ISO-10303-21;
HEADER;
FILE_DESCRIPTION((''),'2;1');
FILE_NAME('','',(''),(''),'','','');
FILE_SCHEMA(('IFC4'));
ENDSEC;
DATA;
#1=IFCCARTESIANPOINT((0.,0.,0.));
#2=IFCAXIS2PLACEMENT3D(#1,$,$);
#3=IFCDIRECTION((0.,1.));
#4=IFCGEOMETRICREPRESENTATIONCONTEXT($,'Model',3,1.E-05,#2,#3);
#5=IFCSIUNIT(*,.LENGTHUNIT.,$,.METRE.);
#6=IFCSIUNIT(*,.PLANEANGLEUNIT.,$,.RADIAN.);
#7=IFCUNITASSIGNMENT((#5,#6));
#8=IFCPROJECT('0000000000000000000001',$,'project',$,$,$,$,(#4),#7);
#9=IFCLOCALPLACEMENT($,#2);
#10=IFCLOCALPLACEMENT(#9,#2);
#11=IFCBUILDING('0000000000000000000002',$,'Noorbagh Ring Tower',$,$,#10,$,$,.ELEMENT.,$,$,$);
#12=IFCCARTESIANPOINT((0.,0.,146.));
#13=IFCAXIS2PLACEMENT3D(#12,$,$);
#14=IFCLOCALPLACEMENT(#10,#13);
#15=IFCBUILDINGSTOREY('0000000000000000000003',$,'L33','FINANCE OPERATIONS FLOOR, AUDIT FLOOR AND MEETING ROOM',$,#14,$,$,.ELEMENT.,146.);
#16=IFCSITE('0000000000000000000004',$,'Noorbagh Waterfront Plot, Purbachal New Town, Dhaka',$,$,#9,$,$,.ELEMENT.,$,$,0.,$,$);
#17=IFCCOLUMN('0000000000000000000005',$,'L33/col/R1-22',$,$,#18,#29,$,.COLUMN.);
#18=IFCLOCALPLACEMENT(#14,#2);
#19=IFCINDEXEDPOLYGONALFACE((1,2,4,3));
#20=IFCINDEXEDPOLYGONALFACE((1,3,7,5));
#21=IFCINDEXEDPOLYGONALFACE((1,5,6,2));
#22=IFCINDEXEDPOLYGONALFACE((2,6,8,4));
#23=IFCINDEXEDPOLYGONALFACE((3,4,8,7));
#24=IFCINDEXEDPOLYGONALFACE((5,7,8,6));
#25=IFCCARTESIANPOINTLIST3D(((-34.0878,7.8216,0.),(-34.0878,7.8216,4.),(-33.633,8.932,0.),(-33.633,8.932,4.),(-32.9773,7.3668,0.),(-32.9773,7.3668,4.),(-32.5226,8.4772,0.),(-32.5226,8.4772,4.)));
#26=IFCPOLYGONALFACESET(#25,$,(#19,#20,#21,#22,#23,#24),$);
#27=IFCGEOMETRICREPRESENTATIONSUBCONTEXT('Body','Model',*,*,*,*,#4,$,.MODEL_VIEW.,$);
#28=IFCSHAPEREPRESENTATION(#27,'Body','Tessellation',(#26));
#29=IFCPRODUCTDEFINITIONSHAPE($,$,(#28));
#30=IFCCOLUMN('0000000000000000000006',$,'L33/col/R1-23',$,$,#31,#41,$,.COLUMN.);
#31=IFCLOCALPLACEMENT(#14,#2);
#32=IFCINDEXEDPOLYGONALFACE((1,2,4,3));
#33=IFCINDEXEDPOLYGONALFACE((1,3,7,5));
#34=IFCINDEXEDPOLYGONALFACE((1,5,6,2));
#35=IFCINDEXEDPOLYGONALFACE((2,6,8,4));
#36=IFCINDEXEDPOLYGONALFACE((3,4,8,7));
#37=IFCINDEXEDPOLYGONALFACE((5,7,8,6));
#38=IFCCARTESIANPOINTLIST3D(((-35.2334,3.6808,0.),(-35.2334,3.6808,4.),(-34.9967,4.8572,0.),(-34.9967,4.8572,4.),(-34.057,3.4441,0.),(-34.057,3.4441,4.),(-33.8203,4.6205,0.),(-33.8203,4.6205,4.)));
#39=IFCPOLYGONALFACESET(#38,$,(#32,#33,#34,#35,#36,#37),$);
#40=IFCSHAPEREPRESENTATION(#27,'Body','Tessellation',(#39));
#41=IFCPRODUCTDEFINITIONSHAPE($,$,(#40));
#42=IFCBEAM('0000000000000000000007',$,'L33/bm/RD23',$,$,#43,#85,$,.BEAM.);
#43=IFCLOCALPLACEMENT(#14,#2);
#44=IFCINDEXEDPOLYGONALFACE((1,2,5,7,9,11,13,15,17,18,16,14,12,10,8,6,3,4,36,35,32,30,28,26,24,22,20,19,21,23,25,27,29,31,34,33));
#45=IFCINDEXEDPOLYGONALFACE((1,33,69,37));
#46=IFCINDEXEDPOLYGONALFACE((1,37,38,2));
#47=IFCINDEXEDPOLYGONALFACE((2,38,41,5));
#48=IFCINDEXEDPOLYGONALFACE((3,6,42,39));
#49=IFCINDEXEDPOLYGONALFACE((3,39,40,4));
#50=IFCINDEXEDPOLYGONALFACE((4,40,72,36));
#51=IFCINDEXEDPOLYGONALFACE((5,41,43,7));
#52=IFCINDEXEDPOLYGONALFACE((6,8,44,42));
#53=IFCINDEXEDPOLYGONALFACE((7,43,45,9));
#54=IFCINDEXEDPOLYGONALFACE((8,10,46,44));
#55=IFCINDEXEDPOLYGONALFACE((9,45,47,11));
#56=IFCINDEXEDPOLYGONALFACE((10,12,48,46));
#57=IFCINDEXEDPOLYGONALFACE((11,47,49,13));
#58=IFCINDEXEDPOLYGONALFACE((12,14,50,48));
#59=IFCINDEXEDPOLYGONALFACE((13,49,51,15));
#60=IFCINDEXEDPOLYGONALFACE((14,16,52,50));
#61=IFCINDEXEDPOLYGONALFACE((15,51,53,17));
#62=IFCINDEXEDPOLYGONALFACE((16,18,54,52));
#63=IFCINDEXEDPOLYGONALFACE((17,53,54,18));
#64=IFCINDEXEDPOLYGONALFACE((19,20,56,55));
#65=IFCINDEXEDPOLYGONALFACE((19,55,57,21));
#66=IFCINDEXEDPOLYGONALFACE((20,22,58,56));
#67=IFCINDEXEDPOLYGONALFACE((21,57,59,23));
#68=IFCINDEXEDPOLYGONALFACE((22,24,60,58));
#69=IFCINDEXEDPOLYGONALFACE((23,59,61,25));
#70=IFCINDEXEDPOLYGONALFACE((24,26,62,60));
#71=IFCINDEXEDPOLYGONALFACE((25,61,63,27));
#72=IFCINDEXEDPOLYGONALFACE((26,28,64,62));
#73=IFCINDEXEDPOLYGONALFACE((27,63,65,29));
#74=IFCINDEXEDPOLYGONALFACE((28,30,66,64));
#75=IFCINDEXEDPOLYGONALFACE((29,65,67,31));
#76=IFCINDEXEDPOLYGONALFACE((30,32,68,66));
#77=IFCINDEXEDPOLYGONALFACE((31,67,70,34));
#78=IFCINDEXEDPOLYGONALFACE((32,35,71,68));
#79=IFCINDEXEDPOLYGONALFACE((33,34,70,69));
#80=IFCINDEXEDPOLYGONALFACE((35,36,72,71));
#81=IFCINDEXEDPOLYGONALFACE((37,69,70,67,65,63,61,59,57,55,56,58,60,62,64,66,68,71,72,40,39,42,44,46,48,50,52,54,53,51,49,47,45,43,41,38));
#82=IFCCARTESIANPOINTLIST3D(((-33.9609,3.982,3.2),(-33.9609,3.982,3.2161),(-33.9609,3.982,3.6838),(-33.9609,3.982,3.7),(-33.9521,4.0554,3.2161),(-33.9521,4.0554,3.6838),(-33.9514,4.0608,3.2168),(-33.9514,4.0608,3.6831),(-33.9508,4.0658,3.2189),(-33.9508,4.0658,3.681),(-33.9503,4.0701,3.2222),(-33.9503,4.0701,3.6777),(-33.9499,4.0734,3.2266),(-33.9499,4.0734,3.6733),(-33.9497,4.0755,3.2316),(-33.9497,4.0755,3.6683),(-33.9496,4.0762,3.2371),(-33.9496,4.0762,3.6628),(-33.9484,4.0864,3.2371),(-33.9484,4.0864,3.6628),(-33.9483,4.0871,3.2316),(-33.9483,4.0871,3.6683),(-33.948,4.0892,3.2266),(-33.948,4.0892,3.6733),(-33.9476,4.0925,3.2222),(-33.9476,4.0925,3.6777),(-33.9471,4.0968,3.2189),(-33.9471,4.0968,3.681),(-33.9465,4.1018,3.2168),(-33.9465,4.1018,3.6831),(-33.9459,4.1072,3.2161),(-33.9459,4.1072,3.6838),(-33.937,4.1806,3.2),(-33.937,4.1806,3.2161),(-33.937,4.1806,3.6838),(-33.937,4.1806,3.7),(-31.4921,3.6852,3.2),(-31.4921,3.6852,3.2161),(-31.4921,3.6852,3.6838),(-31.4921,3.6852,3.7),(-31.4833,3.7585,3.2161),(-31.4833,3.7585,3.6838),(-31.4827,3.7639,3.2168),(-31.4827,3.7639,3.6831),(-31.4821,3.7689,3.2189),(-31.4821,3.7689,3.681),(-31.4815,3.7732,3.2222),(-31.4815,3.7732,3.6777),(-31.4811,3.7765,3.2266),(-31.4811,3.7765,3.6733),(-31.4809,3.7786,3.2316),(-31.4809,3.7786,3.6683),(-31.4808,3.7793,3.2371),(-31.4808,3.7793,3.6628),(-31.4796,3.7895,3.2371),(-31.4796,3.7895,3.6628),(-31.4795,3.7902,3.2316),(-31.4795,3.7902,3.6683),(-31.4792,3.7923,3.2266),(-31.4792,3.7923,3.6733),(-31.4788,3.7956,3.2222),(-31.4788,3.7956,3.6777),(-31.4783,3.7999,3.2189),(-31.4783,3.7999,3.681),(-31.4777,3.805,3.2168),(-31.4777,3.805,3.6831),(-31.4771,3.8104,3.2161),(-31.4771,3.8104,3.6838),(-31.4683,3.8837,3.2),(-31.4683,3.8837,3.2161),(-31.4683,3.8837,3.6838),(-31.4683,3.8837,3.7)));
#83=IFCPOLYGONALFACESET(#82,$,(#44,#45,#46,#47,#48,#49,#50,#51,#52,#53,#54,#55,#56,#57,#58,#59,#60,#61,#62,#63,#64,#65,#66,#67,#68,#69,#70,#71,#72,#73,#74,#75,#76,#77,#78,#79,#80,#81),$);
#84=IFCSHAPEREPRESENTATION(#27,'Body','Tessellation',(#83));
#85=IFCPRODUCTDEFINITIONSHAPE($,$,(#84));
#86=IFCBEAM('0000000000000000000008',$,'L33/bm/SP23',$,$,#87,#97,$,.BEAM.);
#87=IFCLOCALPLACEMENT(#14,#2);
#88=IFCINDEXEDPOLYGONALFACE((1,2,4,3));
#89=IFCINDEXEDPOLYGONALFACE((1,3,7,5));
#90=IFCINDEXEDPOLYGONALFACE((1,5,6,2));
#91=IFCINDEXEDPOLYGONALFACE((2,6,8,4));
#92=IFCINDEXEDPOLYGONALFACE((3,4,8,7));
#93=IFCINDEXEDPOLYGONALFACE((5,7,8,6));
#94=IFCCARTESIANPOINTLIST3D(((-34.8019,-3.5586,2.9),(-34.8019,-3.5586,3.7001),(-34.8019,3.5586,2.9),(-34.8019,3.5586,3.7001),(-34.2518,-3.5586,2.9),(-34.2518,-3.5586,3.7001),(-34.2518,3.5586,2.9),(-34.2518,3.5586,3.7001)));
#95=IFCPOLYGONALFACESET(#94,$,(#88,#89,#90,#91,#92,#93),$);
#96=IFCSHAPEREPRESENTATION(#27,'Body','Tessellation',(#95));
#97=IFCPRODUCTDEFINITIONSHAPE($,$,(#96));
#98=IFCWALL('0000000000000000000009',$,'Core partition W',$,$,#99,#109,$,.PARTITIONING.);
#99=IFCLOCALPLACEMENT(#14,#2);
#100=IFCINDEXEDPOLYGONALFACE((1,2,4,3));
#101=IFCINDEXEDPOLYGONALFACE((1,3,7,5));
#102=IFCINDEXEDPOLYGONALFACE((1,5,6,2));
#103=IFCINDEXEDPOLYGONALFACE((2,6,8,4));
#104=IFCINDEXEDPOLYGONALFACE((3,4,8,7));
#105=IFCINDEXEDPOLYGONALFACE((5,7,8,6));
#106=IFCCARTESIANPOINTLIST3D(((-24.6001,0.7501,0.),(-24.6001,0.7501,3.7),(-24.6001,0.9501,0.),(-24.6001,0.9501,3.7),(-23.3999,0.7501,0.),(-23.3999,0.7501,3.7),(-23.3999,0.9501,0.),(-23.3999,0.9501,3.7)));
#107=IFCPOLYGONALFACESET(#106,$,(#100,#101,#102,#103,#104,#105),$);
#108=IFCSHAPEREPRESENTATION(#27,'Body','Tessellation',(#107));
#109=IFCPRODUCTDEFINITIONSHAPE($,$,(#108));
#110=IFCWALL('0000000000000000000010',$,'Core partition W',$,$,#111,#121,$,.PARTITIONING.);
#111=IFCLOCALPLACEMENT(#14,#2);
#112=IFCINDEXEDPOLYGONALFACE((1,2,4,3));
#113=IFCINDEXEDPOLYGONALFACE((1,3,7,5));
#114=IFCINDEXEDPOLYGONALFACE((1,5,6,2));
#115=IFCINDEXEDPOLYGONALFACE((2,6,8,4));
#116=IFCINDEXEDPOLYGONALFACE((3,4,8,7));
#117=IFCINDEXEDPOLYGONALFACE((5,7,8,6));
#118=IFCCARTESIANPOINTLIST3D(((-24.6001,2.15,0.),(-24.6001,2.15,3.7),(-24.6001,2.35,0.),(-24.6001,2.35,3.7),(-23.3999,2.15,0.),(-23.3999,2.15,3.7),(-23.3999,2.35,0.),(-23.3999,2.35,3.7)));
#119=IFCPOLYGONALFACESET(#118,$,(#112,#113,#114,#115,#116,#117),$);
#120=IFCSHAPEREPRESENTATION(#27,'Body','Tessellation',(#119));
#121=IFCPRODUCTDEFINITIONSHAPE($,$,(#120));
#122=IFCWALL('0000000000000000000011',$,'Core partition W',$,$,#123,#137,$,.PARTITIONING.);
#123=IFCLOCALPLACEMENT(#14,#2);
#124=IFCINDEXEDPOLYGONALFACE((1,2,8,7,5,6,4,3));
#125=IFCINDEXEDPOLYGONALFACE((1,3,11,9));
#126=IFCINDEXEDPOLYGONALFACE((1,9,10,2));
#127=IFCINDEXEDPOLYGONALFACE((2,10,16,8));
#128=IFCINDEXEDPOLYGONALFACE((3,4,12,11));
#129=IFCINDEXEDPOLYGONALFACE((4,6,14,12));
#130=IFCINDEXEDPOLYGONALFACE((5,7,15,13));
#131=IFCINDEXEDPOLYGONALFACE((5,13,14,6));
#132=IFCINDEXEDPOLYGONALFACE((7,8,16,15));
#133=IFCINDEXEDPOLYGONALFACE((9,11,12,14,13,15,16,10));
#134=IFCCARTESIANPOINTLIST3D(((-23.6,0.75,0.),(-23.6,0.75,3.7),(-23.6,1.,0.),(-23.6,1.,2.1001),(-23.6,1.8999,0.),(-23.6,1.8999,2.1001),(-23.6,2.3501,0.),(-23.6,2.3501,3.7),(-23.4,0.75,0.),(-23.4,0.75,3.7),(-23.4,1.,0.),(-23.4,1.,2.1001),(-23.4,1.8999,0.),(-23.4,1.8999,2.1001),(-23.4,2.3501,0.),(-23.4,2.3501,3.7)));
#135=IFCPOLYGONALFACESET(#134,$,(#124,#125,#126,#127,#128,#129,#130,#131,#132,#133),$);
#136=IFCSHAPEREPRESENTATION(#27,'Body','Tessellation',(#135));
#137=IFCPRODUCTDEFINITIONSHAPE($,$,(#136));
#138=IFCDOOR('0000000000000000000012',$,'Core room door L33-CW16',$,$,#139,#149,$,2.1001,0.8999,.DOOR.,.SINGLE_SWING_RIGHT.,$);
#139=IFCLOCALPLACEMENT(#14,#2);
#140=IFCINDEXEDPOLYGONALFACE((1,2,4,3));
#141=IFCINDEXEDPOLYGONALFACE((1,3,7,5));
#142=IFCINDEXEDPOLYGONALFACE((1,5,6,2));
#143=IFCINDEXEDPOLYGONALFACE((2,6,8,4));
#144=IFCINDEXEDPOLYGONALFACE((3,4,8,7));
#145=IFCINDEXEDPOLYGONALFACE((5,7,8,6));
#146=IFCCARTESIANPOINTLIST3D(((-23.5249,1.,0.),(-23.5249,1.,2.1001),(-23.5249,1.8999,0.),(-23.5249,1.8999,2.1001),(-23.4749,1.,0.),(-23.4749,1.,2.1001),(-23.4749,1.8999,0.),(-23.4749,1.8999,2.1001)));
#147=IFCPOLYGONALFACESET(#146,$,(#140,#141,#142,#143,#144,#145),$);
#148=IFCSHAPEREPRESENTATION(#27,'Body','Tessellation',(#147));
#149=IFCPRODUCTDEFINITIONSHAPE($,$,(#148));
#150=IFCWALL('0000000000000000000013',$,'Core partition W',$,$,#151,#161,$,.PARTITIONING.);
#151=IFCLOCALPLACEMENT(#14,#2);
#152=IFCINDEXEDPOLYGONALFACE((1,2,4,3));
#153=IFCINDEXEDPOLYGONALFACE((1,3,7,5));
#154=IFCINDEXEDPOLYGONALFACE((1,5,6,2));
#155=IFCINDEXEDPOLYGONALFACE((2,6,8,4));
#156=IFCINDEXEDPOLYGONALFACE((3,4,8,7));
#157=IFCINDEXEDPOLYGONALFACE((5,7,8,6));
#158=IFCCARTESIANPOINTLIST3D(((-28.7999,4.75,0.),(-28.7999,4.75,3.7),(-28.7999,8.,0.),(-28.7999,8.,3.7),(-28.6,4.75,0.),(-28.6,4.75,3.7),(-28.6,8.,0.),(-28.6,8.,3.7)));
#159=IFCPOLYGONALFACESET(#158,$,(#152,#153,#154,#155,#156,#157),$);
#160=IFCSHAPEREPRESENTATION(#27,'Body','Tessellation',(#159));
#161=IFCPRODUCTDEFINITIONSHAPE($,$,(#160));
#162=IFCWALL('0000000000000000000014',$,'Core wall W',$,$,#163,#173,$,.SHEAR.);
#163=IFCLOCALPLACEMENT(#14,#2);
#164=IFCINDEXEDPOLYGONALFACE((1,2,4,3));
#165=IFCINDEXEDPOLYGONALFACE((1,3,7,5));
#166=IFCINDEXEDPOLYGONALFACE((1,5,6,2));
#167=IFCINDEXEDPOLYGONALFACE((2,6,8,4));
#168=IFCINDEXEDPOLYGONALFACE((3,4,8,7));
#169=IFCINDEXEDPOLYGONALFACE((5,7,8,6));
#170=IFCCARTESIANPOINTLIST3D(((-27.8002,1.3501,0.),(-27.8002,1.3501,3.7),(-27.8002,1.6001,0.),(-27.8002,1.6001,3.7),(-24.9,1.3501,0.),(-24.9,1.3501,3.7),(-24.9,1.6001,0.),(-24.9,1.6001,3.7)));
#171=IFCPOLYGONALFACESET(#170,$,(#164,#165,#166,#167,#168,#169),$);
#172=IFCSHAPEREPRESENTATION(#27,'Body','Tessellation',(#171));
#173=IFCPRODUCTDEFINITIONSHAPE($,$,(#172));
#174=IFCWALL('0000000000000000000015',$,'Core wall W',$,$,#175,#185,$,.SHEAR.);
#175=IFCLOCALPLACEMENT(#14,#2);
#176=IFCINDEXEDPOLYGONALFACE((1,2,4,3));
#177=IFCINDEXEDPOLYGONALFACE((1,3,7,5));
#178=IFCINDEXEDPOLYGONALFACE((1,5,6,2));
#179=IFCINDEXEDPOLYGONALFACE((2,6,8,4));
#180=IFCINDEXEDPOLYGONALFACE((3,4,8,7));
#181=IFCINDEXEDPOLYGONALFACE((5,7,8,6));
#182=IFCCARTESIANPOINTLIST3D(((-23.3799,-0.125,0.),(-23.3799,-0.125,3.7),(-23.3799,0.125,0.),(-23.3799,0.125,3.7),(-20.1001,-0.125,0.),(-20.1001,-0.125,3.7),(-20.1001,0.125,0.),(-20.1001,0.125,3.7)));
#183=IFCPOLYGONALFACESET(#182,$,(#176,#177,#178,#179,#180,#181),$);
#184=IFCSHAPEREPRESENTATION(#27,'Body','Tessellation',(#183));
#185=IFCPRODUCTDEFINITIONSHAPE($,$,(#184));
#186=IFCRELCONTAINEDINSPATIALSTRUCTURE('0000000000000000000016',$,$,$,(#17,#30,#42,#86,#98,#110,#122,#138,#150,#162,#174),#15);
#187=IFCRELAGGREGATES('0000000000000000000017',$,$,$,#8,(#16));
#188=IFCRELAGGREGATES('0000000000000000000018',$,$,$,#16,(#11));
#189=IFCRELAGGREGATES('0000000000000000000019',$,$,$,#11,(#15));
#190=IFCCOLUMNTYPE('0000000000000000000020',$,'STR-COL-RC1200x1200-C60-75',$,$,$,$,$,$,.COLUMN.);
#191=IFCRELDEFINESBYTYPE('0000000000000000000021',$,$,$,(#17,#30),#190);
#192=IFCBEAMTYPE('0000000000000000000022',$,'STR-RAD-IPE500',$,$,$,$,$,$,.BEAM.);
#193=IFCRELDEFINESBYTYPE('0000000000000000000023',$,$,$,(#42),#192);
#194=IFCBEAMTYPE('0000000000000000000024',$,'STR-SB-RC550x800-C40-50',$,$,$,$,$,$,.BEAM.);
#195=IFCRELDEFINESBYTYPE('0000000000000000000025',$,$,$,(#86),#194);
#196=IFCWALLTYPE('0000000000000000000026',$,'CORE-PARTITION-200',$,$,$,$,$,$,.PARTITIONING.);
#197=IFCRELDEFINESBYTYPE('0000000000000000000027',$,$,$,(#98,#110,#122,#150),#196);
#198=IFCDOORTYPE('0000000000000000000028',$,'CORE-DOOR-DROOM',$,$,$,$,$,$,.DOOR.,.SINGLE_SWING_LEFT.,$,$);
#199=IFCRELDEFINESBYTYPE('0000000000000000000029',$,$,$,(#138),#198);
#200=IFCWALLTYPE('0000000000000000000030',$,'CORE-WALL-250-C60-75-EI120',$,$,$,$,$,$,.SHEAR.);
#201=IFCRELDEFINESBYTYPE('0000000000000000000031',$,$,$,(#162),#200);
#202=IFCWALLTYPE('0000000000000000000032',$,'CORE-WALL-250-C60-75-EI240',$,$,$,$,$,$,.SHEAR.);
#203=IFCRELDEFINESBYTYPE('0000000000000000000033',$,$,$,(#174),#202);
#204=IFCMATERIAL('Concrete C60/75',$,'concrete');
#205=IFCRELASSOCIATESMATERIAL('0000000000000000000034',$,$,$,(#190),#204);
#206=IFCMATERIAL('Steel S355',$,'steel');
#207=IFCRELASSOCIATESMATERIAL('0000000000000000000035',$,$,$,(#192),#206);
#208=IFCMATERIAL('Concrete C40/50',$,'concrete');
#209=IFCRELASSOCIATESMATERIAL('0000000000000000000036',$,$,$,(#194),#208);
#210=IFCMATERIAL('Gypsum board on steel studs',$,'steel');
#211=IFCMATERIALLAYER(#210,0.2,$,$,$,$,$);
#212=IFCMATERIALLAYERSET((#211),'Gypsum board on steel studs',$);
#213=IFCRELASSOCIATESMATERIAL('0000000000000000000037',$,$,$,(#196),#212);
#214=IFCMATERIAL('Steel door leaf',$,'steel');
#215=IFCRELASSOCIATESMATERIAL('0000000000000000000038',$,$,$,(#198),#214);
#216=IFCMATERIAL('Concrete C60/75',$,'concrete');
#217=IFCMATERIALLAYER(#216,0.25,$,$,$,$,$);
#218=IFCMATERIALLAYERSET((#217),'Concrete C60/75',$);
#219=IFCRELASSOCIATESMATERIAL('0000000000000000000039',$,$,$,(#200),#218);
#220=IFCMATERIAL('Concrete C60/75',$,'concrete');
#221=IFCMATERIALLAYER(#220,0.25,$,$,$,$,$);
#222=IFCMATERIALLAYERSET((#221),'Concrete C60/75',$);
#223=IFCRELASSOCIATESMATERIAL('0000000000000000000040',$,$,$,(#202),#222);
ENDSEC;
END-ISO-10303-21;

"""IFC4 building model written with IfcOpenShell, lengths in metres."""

from ifc_helpers import new_model, si_unit, direction, frame, frame_2d, origin, origin_2d, place, context, subcontext, project, spatial, rectangle, i_section, extrude, material, layer, layer_set, material_profile, profile_set, type_object, element, fill, save


model = new_model("IFC4")

# Units and contexts
model_context = context("Model", 3, precision=1e-05, world=origin(), true_north=direction((0.0, 1.0)))
body_context = subcontext(model_context, "Body", "Model", "MODEL_VIEW")
ifc_project = project(units=[si_unit("LENGTHUNIT", "METRE"), si_unit("PLANEANGLEUNIT", "RADIAN")], contexts=[model_context])

# Site, building, storey
site_placement = place(None, origin())
site = spatial("IfcSite", under=ifc_project, at=site_placement, Name="Noorbagh Waterfront Plot, Purbachal New Town, Dhaka", CompositionType="ELEMENT", RefElevation=0.0)
building_placement = place(site_placement, origin())
building = spatial("IfcBuilding", under=site, at=building_placement, Name="Noorbagh Ring Tower", CompositionType="ELEMENT")
storey_placement = place(building_placement, frame((0.0, 0.0, 146.0)))
storey = spatial("IfcBuildingStorey", under=building, at=storey_placement, Name="L33", Description="FINANCE OPERATIONS FLOOR, AUDIT FLOOR AND MEETING ROOM", CompositionType="ELEMENT", Elevation=146.0)

# Columns
ifc_material_1 = material(Name="Concrete C60/75", Category="concrete")
ifc_material_profile_1 = material_profile(ifc_material_1, rectangle(XDim=1.2, YDim=1.2, at=origin_2d()), Name="RC1200x1200")
ifc_profile_set_1 = profile_set([ifc_material_profile_1], Name="Concrete C60/75")
column_type = type_object("IfcColumnType", Name="STR-COL-RC1200x1200-C60-75", PredefinedType="COLUMN", material=ifc_profile_set_1)
for number, where, z_axis, x_axis, name in (
    (1, (-33.3052, 8.1494, 0.0), (0.0, 0.0, 1.0), (-0.378989, -0.925401, 0.0), "L33/col/R1-22"),
    (2, (-34.5269, 4.1506, 0.0), (0.0, 0.0, 1.0), (-0.19723, -0.980357, 0.0), "L33/col/R1-23"),
):
    element("IfcColumn", number, at=place(storey_placement, frame(where, z_axis=z_axis, x_axis=x_axis)), inside=storey, type_object=column_type, Name=name, PredefinedType="COLUMN", context=body_context, shape_type="SweptSolid", body=[
        extrude(rectangle(XDim=1.2, YDim=1.2, at=origin_2d()), origin(), (0.0, 0.0, 1.0), 4.0),
    ])

# Beams
ifc_material_2 = material(Name="Steel S355", Category="steel")
ifc_material_profile_2 = material_profile(ifc_material_2, i_section(OverallWidth=0.2, OverallDepth=0.5, WebThickness=0.0103, FlangeThickness=0.0161, FilletRadius=0.021, at=origin_2d()), Name="IPE500")
ifc_profile_set_2 = profile_set([ifc_material_profile_2], Name="Steel S355")
beam_type_1 = type_object("IfcBeamType", Name="STR-RAD-IPE500", PredefinedType="BEAM", material=ifc_profile_set_2)
beam_1_placement = place(storey_placement, frame((-33.949, 4.0813, 3.45), z_axis=(0.992847, -0.119393, 0.0), x_axis=(0.119393, 0.992847, 0.0)))
element("IfcBeam", 3, at=beam_1_placement, inside=storey, type_object=beam_type_1, Name="L33/bm/RD23", PredefinedType="BEAM", context=body_context, shape_type="SweptSolid", body=[
    extrude(i_section(OverallWidth=0.2, OverallDepth=0.5, WebThickness=0.0103, FlangeThickness=0.0161, FilletRadius=0.021, at=origin_2d()), origin(), (0.0, 0.0, 1.0), 2.4866),
])
ifc_material_3 = material(Name="Concrete C40/50", Category="concrete")
ifc_material_profile_3 = material_profile(ifc_material_3, rectangle(XDim=0.55, YDim=0.8, at=origin_2d()), Name="RC550x800")
ifc_profile_set_3 = profile_set([ifc_material_profile_3], Name="Concrete C40/50")
beam_type_2 = type_object("IfcBeamType", Name="STR-SB-RC550x800-C40-50", PredefinedType="BEAM", material=ifc_profile_set_3)
beam_2_placement = place(storey_placement, frame((-34.5269, 3.5586, 3.3), z_axis=(0.0, -1.0, 0.0), x_axis=(1.0, 0.0, 0.0)))
element("IfcBeam", 4, at=beam_2_placement, inside=storey, type_object=beam_type_2, Name="L33/bm/SP23", PredefinedType="BEAM", context=body_context, shape_type="SweptSolid", body=[
    extrude(rectangle(XDim=0.55, YDim=0.8, at=origin_2d()), origin(), (0.0, 0.0, 1.0), 7.1172),
])

# Walls
ifc_material_4 = material(Name="Gypsum board on steel studs", Category="steel")
ifc_layer_1 = layer(ifc_material_4, 0.2)
ifc_layer_set_1 = layer_set([ifc_layer_1], Name="Gypsum board on steel studs")
wall_type_1 = type_object("IfcWallType", Name="CORE-PARTITION-200", PredefinedType="PARTITIONING", material=ifc_layer_set_1)
for number, where, z_axis, x_axis, name in (
    (5, (-23.3999, 0.8501, 0.0), (0.0, 0.0, 1.0), (-1.0, 0.0, 0.0), "Core partition W"),
    (6, (-23.3999, 2.25, 0.0), (0.0, 0.0, 1.0), (-1.0, 0.0, 0.0), "Core partition W"),
):
    element("IfcWall", number, at=place(storey_placement, frame(where, z_axis=z_axis, x_axis=x_axis)), inside=storey, type_object=wall_type_1, Name=name, PredefinedType="PARTITIONING", context=body_context, shape_type="SweptSolid", body=[
        extrude(rectangle(XDim=1.2002, YDim=0.2, at=frame_2d((0.6001, 0.0))), origin(), (0.0, 0.0, 1.0), 3.7),
    ])

# Wall, opening, door
wall_1_placement = place(storey_placement, frame((-23.5, 0.75, 0.0), z_axis=(0.0, 0.0, 1.0), x_axis=(0.0, 1.0, 0.0)))
wall_1 = element("IfcWall", 7, at=wall_1_placement, inside=storey, type_object=wall_type_1, Name="Core partition W", PredefinedType="PARTITIONING", context=body_context, shape_type="SweptSolid", body=[
    extrude(rectangle(XDim=1.6001, YDim=0.2, at=frame_2d((0.8, 0.0))), origin(), (0.0, 0.0, 1.0), 3.7),
])
opening_1_placement = place(wall_1_placement, frame((0.25, 0.0, 0.0)))
opening_1 = element("IfcOpeningElement", 8, at=opening_1_placement, cuts=wall_1, PredefinedType="OPENING", context=body_context, shape_type="SweptSolid", body=[
    extrude(rectangle(XDim=0.8999, YDim=2.1001, at=frame_2d((0.45, 1.05))), frame((0.0, 0.1099, 0.0), z_axis=(0.0, -1.0, 0.0), x_axis=(1.0, 0.0, 0.0)), (0.0, 0.0, 1.0), 0.22),
])
ifc_material_5 = material(Name="Steel door leaf", Category="steel")
door_type_1 = type_object("IfcDoorType", Name="CORE-DOOR-DROOM", OperationType="SINGLE_SWING_LEFT", PredefinedType="DOOR", material=ifc_material_5)
door_1_placement = place(opening_1_placement, origin())
door_1 = element("IfcDoor", 9, at=door_1_placement, inside=storey, type_object=door_type_1, Name="Core room door L33-CW16", OperationType="SINGLE_SWING_RIGHT", OverallHeight=2.1001, OverallWidth=0.8999, PredefinedType="DOOR", context=body_context, shape_type="SweptSolid", body=[
    extrude(rectangle(XDim=0.8999, YDim=2.1001, at=frame_2d((0.45, 1.05))), frame((0.0, 0.0249, 0.0), z_axis=(0.0, -1.0, 0.0), x_axis=(1.0, 0.0, 0.0)), (0.0, 0.0, 1.0), 0.05),
])
fill(opening_1, door_1)

# Walls
wall_2_placement = place(storey_placement, frame((-28.7, 4.75, 0.0), z_axis=(0.0, 0.0, 1.0), x_axis=(0.0, 1.0, 0.0)))
element("IfcWall", 10, at=wall_2_placement, inside=storey, type_object=wall_type_1, Name="Core partition W", PredefinedType="PARTITIONING", context=body_context, shape_type="SweptSolid", body=[
    extrude(rectangle(XDim=3.25, YDim=0.2, at=frame_2d((1.625, 0.0))), origin(), (0.0, 0.0, 1.0), 3.7),
])
ifc_material_6 = material(Name="Concrete C60/75", Category="concrete")
ifc_layer_2 = layer(ifc_material_6, 0.25)
ifc_layer_set_2 = layer_set([ifc_layer_2], Name="Concrete C60/75")
wall_type_2 = type_object("IfcWallType", Name="CORE-WALL-250-C60-75-EI120", PredefinedType="SHEAR", material=ifc_layer_set_2)
wall_3_placement = place(storey_placement, frame((-24.8999, 1.4751, 0.0), z_axis=(0.0, 0.0, 1.0), x_axis=(-1.0, 0.0, 0.0)))
element("IfcWall", 11, at=wall_3_placement, inside=storey, type_object=wall_type_2, Name="Core wall W", PredefinedType="SHEAR", context=body_context, shape_type="SweptSolid", body=[
    extrude(rectangle(XDim=2.9001, YDim=0.25, at=frame_2d((1.4502, 0.0))), origin(), (0.0, 0.0, 1.0), 3.7),
])
ifc_material_7 = material(Name="Concrete C60/75", Category="concrete")
ifc_layer_3 = layer(ifc_material_7, 0.25)
ifc_layer_set_3 = layer_set([ifc_layer_3], Name="Concrete C60/75")
wall_type_3 = type_object("IfcWallType", Name="CORE-WALL-250-C60-75-EI240", PredefinedType="SHEAR", material=ifc_layer_set_3)
wall_4_placement = place(storey_placement, frame((-20.1001, 0.0, 0.0), z_axis=(0.0, 0.0, 1.0), x_axis=(-1.0, 0.0, 0.0)))
element("IfcWall", 12, at=wall_4_placement, inside=storey, type_object=wall_type_3, Name="Core wall W", PredefinedType="SHEAR", context=body_context, shape_type="SweptSolid", body=[
    extrude(rectangle(XDim=3.2798, YDim=0.25, at=frame_2d((1.6399, 0.0))), origin(), (0.0, 0.0, 1.0), 3.7),
])

save(model, "model.ifc")
